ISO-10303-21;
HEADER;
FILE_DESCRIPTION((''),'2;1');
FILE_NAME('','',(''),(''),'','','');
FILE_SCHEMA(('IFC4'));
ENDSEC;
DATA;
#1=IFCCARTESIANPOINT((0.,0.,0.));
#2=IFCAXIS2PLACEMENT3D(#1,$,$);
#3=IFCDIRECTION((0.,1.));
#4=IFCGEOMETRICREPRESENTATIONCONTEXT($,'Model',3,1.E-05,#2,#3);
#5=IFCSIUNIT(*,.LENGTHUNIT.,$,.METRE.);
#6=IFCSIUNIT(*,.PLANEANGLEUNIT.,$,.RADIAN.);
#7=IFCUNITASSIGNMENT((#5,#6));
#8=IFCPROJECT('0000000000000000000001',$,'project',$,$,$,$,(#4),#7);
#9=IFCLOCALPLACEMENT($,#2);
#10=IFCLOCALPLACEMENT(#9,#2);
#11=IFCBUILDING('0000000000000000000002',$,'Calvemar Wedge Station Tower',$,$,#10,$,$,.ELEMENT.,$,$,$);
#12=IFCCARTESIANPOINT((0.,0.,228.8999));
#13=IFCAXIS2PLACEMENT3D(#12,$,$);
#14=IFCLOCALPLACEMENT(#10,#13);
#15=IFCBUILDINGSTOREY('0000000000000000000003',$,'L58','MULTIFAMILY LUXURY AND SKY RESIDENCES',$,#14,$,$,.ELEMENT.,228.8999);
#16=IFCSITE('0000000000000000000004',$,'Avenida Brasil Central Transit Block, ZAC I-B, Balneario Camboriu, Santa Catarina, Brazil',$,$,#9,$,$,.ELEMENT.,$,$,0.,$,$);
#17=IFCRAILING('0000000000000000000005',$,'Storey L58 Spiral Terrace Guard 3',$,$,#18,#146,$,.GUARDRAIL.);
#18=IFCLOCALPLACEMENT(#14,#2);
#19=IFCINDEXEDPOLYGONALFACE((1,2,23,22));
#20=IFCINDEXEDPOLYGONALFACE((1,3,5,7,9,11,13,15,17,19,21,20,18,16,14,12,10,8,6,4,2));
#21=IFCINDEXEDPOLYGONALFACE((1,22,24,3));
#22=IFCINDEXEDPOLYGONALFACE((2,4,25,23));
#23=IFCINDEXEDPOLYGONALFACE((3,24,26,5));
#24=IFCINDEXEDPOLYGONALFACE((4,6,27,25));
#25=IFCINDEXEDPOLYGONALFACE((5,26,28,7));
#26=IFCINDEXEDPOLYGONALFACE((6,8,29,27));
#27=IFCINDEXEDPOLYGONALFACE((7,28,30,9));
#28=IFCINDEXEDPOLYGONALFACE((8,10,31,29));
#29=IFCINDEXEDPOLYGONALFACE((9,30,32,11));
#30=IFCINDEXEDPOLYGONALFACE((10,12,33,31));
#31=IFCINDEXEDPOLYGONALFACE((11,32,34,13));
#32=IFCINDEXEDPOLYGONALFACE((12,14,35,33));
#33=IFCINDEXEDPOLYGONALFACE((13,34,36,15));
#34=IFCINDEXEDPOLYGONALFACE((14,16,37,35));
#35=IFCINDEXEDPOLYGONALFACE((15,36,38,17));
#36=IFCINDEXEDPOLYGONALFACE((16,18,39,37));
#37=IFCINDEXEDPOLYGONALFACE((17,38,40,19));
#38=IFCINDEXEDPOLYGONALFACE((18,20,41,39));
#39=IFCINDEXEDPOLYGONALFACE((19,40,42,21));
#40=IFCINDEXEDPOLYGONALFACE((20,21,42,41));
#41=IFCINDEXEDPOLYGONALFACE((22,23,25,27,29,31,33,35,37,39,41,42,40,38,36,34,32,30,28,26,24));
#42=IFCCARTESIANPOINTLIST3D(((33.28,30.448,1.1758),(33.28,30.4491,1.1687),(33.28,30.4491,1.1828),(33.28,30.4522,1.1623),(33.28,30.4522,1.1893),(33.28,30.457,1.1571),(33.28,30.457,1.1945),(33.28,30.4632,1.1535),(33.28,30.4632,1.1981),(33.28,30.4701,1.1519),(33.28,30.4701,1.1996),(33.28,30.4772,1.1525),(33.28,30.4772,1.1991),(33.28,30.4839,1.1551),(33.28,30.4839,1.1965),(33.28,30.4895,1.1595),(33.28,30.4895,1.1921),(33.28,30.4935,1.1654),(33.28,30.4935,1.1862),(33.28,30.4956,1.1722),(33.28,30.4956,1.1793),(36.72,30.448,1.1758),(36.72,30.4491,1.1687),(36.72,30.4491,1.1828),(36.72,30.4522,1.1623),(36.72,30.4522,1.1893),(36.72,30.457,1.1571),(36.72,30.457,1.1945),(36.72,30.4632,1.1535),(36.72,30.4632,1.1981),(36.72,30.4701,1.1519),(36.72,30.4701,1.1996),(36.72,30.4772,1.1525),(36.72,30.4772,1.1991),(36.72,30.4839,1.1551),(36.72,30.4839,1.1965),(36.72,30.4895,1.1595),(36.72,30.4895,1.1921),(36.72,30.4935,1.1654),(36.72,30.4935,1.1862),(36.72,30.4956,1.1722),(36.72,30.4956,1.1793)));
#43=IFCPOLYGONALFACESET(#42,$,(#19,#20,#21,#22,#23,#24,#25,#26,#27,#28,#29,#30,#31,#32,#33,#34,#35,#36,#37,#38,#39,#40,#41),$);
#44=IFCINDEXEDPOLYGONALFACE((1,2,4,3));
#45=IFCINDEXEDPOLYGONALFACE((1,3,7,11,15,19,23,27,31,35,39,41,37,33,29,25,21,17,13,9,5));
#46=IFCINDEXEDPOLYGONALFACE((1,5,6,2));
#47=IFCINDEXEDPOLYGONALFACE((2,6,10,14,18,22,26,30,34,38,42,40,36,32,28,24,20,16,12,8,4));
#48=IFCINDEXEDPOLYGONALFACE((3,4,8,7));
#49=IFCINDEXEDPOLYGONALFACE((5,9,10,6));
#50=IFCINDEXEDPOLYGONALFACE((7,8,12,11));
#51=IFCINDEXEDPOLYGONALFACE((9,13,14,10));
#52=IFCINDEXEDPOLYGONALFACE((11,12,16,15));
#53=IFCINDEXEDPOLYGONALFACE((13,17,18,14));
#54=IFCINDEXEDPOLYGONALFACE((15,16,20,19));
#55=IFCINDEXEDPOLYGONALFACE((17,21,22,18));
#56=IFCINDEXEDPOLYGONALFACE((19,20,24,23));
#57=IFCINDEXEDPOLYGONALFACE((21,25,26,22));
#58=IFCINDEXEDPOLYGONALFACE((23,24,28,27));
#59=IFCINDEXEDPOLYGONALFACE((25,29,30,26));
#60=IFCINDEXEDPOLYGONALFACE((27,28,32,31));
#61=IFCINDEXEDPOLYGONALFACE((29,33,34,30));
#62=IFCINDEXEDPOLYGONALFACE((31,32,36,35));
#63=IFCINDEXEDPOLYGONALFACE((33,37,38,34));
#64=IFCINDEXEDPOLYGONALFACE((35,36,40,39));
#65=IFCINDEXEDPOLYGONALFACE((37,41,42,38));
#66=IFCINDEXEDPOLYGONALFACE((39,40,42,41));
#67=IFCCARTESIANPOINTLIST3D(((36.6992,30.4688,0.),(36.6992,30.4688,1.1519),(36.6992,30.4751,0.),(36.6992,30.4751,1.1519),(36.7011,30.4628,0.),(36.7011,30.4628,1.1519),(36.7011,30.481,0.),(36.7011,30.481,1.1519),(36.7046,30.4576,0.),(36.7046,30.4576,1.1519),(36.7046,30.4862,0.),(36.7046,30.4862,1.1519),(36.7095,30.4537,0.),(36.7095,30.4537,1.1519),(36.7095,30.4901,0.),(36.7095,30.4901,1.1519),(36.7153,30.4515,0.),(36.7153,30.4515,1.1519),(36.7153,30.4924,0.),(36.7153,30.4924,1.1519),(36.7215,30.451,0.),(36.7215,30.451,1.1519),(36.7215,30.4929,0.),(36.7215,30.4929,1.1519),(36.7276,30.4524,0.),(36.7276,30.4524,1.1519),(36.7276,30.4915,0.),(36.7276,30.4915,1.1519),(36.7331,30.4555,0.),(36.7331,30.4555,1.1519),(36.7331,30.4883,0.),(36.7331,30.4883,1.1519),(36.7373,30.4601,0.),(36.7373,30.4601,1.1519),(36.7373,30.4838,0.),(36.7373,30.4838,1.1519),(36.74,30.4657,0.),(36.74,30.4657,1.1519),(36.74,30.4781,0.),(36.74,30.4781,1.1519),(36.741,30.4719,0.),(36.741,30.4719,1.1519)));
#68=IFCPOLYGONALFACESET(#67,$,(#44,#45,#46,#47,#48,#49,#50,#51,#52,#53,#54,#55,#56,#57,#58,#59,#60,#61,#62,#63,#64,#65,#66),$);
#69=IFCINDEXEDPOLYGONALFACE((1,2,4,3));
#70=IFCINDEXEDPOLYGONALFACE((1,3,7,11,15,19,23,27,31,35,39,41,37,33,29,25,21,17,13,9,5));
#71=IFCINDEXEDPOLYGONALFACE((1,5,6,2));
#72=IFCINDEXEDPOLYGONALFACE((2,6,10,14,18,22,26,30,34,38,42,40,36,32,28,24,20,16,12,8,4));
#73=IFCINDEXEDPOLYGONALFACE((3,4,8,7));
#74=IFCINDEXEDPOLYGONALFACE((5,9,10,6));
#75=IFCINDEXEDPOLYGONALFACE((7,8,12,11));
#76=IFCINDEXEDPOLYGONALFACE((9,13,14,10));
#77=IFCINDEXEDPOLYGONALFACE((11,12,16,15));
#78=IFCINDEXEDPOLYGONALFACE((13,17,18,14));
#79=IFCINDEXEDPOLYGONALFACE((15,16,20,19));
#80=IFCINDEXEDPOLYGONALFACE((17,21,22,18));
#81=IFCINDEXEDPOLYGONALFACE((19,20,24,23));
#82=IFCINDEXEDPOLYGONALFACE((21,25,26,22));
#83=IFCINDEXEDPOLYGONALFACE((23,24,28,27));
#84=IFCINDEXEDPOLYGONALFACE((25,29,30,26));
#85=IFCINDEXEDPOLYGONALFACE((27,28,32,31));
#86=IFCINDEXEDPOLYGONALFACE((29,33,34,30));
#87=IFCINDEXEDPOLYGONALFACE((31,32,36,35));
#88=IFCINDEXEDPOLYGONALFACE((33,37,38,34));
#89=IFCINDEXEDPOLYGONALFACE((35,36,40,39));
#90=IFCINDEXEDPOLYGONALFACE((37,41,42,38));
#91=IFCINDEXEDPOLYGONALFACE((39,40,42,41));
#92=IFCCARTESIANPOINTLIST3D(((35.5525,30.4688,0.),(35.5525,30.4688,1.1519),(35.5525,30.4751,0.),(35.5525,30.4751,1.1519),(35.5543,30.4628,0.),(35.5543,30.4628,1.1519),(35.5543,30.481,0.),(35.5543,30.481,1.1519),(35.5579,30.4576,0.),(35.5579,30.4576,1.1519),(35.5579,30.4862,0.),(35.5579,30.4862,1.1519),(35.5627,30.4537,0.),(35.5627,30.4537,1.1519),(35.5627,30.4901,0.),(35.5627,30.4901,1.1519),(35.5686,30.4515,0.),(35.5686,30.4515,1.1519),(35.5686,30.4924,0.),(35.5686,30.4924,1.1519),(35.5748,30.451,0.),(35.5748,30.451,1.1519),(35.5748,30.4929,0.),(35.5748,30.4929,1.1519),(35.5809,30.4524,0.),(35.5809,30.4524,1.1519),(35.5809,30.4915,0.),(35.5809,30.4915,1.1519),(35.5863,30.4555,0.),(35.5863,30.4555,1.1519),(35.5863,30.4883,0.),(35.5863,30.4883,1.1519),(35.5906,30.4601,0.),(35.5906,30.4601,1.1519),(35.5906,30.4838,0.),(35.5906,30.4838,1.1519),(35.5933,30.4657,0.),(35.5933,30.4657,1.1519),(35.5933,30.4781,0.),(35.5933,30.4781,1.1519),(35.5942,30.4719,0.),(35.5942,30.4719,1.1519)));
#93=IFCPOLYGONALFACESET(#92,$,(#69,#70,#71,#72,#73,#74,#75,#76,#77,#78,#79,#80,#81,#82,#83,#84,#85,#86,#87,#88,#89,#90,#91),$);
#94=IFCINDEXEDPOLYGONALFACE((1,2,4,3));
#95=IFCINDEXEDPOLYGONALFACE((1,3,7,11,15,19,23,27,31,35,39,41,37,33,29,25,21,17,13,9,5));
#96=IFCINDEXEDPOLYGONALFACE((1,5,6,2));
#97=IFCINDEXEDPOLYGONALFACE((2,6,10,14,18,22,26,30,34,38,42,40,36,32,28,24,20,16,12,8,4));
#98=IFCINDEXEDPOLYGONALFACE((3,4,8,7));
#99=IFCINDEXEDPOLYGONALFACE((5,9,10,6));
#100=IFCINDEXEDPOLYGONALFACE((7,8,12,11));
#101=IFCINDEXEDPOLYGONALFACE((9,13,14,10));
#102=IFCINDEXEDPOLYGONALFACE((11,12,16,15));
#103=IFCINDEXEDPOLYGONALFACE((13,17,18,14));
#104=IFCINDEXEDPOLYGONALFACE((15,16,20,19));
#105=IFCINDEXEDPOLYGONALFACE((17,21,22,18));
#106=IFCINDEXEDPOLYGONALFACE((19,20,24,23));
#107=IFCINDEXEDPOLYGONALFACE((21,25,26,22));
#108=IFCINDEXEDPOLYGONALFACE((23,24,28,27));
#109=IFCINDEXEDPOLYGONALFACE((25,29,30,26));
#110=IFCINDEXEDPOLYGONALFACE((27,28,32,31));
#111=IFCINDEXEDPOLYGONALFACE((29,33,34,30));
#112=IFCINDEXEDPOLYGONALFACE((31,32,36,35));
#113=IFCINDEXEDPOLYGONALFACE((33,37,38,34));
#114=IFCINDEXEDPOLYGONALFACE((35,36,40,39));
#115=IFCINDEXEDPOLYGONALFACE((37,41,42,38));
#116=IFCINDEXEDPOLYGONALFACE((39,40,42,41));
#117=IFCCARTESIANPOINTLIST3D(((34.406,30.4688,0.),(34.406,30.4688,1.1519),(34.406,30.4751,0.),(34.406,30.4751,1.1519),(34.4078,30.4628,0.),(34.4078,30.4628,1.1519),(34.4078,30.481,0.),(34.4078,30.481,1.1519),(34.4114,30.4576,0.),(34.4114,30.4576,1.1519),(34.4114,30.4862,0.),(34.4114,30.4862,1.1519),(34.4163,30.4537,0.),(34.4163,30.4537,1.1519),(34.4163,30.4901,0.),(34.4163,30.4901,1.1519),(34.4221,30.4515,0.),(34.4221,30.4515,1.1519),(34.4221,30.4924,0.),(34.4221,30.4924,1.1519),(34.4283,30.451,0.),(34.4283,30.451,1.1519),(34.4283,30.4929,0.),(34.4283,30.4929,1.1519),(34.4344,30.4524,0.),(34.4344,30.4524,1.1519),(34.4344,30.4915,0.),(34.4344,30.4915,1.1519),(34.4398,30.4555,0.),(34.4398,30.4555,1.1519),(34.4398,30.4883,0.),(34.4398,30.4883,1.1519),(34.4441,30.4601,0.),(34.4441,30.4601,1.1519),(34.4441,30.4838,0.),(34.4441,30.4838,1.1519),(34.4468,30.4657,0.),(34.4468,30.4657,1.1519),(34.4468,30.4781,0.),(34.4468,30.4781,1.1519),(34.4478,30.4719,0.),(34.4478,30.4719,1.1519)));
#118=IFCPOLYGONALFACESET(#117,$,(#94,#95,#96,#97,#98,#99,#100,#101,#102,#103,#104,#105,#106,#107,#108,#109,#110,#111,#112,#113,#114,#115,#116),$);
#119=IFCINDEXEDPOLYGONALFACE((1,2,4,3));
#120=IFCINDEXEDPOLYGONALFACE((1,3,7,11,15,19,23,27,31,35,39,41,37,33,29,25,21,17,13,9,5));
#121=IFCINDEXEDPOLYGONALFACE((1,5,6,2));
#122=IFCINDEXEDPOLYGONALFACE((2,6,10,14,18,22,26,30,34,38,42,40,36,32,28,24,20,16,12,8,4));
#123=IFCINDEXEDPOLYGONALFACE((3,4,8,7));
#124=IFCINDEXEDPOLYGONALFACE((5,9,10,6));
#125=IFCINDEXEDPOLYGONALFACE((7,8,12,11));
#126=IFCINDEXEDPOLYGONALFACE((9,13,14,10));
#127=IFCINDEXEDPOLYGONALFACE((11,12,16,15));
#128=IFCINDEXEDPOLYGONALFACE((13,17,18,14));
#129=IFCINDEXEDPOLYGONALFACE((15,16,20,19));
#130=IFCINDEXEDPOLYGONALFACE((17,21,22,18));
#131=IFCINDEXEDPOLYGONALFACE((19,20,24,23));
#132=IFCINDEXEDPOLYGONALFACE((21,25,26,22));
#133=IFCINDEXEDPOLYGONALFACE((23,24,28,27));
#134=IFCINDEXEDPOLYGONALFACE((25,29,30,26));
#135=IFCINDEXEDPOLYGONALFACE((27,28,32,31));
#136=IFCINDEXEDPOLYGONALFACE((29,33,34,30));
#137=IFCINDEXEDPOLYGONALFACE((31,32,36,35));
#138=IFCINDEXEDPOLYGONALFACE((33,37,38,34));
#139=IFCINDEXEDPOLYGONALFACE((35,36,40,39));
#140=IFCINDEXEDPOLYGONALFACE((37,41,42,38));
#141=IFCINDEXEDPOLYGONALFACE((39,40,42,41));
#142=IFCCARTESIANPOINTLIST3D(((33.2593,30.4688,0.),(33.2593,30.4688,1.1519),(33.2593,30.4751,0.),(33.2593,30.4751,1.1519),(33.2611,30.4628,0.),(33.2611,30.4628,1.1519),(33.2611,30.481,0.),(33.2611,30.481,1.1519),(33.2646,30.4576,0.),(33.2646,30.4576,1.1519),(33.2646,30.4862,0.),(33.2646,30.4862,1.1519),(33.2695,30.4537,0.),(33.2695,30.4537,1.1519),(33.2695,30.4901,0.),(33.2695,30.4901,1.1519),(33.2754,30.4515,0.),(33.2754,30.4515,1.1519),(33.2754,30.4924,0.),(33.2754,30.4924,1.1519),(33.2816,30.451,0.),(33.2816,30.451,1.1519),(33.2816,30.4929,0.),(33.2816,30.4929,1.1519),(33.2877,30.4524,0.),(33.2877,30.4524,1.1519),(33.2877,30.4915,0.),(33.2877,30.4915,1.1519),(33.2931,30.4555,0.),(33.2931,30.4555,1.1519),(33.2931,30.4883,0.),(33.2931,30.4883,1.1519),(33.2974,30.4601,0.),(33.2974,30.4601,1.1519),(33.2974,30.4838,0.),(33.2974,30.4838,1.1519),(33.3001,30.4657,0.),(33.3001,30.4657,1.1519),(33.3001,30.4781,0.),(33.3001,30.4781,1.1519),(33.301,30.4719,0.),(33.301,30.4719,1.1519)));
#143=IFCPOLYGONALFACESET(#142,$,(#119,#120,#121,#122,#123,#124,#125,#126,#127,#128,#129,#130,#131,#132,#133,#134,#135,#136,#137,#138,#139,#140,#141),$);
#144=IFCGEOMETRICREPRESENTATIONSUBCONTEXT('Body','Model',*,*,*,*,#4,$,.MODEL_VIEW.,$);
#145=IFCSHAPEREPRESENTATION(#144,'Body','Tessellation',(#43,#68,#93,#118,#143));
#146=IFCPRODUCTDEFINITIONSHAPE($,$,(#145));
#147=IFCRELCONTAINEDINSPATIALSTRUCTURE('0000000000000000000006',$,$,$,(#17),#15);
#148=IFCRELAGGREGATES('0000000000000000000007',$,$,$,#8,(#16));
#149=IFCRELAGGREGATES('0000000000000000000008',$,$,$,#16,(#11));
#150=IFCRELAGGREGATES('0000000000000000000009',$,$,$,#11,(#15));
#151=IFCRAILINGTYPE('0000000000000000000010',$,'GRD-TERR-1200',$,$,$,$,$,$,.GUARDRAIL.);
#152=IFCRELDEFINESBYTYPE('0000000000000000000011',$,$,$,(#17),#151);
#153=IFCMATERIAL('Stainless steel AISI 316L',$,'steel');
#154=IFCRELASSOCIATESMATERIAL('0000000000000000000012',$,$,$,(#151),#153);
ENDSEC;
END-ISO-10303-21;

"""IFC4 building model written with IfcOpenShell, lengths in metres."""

from ifc_helpers import new_model, si_unit, direction, frame, origin, origin_2d, place, context, subcontext, project, spatial, circle, extrude, material, type_object, element, save


model = new_model("IFC4")

# Units and contexts
model_context = context("Model", 3, precision=1e-05, world=origin(), true_north=direction((0.0, 1.0)))
body_context = subcontext(model_context, "Body", "Model", "MODEL_VIEW")
ifc_project = project(units=[si_unit("LENGTHUNIT", "METRE"), si_unit("PLANEANGLEUNIT", "RADIAN")], contexts=[model_context])

# Site, building, storey
site_placement = place(None, origin())
site = spatial("IfcSite", under=ifc_project, at=site_placement, Name="Avenida Brasil Central Transit Block, ZAC I-B, Balneario Camboriu, Santa Catarina, Brazil", CompositionType="ELEMENT", RefElevation=0.0)
building_placement = place(site_placement, origin())
building = spatial("IfcBuilding", under=site, at=building_placement, Name="Calvemar Wedge Station Tower", CompositionType="ELEMENT")
storey_placement = place(building_placement, frame((0.0, 0.0, 228.8999)))
storey = spatial("IfcBuildingStorey", under=building, at=storey_placement, Name="L58", Description="MULTIFAMILY LUXURY AND SKY RESIDENCES", CompositionType="ELEMENT", Elevation=228.8999)

# Railing
ifc_material_1 = material(Name="Stainless steel AISI 316L", Category="steel")
railing_type = type_object("IfcRailingType", Name="GRD-TERR-1200", PredefinedType="GUARDRAIL", material=ifc_material_1)
railing_1_placement = place(storey_placement, frame((36.72, 30.4719, 0.0)))
element("IfcRailing", 1, at=railing_1_placement, inside=storey, type_object=railing_type, Name="Storey L58 Spiral Terrace Guard 3", PredefinedType="GUARDRAIL", context=body_context, shape_type="SweptSolid", body=[
    extrude(circle(Radius=0.0239, at=origin_2d()), frame((0.0, 0.0, 1.1758), z_axis=(-1.0, 0.0, 0.0), x_axis=(0.0, -1.0, 0.0)), (0.0, 0.0, 1.0), 3.4399),
    extrude(circle(Radius=0.021, at=origin_2d()), origin(), (0.0, 0.0, 1.0), 1.1519),
    extrude(circle(Radius=0.021, at=origin_2d()), frame((-1.1467, 0.0, 0.0)), (0.0, 0.0, 1.0), 1.1519),
    extrude(circle(Radius=0.021, at=origin_2d()), frame((-2.2932, 0.0, 0.0)), (0.0, 0.0, 1.0), 1.1519),
    extrude(circle(Radius=0.021, at=origin_2d()), frame((-3.4399, 0.0, 0.0)), (0.0, 0.0, 1.0), 1.1519),
])

save(model, "model.ifc")
